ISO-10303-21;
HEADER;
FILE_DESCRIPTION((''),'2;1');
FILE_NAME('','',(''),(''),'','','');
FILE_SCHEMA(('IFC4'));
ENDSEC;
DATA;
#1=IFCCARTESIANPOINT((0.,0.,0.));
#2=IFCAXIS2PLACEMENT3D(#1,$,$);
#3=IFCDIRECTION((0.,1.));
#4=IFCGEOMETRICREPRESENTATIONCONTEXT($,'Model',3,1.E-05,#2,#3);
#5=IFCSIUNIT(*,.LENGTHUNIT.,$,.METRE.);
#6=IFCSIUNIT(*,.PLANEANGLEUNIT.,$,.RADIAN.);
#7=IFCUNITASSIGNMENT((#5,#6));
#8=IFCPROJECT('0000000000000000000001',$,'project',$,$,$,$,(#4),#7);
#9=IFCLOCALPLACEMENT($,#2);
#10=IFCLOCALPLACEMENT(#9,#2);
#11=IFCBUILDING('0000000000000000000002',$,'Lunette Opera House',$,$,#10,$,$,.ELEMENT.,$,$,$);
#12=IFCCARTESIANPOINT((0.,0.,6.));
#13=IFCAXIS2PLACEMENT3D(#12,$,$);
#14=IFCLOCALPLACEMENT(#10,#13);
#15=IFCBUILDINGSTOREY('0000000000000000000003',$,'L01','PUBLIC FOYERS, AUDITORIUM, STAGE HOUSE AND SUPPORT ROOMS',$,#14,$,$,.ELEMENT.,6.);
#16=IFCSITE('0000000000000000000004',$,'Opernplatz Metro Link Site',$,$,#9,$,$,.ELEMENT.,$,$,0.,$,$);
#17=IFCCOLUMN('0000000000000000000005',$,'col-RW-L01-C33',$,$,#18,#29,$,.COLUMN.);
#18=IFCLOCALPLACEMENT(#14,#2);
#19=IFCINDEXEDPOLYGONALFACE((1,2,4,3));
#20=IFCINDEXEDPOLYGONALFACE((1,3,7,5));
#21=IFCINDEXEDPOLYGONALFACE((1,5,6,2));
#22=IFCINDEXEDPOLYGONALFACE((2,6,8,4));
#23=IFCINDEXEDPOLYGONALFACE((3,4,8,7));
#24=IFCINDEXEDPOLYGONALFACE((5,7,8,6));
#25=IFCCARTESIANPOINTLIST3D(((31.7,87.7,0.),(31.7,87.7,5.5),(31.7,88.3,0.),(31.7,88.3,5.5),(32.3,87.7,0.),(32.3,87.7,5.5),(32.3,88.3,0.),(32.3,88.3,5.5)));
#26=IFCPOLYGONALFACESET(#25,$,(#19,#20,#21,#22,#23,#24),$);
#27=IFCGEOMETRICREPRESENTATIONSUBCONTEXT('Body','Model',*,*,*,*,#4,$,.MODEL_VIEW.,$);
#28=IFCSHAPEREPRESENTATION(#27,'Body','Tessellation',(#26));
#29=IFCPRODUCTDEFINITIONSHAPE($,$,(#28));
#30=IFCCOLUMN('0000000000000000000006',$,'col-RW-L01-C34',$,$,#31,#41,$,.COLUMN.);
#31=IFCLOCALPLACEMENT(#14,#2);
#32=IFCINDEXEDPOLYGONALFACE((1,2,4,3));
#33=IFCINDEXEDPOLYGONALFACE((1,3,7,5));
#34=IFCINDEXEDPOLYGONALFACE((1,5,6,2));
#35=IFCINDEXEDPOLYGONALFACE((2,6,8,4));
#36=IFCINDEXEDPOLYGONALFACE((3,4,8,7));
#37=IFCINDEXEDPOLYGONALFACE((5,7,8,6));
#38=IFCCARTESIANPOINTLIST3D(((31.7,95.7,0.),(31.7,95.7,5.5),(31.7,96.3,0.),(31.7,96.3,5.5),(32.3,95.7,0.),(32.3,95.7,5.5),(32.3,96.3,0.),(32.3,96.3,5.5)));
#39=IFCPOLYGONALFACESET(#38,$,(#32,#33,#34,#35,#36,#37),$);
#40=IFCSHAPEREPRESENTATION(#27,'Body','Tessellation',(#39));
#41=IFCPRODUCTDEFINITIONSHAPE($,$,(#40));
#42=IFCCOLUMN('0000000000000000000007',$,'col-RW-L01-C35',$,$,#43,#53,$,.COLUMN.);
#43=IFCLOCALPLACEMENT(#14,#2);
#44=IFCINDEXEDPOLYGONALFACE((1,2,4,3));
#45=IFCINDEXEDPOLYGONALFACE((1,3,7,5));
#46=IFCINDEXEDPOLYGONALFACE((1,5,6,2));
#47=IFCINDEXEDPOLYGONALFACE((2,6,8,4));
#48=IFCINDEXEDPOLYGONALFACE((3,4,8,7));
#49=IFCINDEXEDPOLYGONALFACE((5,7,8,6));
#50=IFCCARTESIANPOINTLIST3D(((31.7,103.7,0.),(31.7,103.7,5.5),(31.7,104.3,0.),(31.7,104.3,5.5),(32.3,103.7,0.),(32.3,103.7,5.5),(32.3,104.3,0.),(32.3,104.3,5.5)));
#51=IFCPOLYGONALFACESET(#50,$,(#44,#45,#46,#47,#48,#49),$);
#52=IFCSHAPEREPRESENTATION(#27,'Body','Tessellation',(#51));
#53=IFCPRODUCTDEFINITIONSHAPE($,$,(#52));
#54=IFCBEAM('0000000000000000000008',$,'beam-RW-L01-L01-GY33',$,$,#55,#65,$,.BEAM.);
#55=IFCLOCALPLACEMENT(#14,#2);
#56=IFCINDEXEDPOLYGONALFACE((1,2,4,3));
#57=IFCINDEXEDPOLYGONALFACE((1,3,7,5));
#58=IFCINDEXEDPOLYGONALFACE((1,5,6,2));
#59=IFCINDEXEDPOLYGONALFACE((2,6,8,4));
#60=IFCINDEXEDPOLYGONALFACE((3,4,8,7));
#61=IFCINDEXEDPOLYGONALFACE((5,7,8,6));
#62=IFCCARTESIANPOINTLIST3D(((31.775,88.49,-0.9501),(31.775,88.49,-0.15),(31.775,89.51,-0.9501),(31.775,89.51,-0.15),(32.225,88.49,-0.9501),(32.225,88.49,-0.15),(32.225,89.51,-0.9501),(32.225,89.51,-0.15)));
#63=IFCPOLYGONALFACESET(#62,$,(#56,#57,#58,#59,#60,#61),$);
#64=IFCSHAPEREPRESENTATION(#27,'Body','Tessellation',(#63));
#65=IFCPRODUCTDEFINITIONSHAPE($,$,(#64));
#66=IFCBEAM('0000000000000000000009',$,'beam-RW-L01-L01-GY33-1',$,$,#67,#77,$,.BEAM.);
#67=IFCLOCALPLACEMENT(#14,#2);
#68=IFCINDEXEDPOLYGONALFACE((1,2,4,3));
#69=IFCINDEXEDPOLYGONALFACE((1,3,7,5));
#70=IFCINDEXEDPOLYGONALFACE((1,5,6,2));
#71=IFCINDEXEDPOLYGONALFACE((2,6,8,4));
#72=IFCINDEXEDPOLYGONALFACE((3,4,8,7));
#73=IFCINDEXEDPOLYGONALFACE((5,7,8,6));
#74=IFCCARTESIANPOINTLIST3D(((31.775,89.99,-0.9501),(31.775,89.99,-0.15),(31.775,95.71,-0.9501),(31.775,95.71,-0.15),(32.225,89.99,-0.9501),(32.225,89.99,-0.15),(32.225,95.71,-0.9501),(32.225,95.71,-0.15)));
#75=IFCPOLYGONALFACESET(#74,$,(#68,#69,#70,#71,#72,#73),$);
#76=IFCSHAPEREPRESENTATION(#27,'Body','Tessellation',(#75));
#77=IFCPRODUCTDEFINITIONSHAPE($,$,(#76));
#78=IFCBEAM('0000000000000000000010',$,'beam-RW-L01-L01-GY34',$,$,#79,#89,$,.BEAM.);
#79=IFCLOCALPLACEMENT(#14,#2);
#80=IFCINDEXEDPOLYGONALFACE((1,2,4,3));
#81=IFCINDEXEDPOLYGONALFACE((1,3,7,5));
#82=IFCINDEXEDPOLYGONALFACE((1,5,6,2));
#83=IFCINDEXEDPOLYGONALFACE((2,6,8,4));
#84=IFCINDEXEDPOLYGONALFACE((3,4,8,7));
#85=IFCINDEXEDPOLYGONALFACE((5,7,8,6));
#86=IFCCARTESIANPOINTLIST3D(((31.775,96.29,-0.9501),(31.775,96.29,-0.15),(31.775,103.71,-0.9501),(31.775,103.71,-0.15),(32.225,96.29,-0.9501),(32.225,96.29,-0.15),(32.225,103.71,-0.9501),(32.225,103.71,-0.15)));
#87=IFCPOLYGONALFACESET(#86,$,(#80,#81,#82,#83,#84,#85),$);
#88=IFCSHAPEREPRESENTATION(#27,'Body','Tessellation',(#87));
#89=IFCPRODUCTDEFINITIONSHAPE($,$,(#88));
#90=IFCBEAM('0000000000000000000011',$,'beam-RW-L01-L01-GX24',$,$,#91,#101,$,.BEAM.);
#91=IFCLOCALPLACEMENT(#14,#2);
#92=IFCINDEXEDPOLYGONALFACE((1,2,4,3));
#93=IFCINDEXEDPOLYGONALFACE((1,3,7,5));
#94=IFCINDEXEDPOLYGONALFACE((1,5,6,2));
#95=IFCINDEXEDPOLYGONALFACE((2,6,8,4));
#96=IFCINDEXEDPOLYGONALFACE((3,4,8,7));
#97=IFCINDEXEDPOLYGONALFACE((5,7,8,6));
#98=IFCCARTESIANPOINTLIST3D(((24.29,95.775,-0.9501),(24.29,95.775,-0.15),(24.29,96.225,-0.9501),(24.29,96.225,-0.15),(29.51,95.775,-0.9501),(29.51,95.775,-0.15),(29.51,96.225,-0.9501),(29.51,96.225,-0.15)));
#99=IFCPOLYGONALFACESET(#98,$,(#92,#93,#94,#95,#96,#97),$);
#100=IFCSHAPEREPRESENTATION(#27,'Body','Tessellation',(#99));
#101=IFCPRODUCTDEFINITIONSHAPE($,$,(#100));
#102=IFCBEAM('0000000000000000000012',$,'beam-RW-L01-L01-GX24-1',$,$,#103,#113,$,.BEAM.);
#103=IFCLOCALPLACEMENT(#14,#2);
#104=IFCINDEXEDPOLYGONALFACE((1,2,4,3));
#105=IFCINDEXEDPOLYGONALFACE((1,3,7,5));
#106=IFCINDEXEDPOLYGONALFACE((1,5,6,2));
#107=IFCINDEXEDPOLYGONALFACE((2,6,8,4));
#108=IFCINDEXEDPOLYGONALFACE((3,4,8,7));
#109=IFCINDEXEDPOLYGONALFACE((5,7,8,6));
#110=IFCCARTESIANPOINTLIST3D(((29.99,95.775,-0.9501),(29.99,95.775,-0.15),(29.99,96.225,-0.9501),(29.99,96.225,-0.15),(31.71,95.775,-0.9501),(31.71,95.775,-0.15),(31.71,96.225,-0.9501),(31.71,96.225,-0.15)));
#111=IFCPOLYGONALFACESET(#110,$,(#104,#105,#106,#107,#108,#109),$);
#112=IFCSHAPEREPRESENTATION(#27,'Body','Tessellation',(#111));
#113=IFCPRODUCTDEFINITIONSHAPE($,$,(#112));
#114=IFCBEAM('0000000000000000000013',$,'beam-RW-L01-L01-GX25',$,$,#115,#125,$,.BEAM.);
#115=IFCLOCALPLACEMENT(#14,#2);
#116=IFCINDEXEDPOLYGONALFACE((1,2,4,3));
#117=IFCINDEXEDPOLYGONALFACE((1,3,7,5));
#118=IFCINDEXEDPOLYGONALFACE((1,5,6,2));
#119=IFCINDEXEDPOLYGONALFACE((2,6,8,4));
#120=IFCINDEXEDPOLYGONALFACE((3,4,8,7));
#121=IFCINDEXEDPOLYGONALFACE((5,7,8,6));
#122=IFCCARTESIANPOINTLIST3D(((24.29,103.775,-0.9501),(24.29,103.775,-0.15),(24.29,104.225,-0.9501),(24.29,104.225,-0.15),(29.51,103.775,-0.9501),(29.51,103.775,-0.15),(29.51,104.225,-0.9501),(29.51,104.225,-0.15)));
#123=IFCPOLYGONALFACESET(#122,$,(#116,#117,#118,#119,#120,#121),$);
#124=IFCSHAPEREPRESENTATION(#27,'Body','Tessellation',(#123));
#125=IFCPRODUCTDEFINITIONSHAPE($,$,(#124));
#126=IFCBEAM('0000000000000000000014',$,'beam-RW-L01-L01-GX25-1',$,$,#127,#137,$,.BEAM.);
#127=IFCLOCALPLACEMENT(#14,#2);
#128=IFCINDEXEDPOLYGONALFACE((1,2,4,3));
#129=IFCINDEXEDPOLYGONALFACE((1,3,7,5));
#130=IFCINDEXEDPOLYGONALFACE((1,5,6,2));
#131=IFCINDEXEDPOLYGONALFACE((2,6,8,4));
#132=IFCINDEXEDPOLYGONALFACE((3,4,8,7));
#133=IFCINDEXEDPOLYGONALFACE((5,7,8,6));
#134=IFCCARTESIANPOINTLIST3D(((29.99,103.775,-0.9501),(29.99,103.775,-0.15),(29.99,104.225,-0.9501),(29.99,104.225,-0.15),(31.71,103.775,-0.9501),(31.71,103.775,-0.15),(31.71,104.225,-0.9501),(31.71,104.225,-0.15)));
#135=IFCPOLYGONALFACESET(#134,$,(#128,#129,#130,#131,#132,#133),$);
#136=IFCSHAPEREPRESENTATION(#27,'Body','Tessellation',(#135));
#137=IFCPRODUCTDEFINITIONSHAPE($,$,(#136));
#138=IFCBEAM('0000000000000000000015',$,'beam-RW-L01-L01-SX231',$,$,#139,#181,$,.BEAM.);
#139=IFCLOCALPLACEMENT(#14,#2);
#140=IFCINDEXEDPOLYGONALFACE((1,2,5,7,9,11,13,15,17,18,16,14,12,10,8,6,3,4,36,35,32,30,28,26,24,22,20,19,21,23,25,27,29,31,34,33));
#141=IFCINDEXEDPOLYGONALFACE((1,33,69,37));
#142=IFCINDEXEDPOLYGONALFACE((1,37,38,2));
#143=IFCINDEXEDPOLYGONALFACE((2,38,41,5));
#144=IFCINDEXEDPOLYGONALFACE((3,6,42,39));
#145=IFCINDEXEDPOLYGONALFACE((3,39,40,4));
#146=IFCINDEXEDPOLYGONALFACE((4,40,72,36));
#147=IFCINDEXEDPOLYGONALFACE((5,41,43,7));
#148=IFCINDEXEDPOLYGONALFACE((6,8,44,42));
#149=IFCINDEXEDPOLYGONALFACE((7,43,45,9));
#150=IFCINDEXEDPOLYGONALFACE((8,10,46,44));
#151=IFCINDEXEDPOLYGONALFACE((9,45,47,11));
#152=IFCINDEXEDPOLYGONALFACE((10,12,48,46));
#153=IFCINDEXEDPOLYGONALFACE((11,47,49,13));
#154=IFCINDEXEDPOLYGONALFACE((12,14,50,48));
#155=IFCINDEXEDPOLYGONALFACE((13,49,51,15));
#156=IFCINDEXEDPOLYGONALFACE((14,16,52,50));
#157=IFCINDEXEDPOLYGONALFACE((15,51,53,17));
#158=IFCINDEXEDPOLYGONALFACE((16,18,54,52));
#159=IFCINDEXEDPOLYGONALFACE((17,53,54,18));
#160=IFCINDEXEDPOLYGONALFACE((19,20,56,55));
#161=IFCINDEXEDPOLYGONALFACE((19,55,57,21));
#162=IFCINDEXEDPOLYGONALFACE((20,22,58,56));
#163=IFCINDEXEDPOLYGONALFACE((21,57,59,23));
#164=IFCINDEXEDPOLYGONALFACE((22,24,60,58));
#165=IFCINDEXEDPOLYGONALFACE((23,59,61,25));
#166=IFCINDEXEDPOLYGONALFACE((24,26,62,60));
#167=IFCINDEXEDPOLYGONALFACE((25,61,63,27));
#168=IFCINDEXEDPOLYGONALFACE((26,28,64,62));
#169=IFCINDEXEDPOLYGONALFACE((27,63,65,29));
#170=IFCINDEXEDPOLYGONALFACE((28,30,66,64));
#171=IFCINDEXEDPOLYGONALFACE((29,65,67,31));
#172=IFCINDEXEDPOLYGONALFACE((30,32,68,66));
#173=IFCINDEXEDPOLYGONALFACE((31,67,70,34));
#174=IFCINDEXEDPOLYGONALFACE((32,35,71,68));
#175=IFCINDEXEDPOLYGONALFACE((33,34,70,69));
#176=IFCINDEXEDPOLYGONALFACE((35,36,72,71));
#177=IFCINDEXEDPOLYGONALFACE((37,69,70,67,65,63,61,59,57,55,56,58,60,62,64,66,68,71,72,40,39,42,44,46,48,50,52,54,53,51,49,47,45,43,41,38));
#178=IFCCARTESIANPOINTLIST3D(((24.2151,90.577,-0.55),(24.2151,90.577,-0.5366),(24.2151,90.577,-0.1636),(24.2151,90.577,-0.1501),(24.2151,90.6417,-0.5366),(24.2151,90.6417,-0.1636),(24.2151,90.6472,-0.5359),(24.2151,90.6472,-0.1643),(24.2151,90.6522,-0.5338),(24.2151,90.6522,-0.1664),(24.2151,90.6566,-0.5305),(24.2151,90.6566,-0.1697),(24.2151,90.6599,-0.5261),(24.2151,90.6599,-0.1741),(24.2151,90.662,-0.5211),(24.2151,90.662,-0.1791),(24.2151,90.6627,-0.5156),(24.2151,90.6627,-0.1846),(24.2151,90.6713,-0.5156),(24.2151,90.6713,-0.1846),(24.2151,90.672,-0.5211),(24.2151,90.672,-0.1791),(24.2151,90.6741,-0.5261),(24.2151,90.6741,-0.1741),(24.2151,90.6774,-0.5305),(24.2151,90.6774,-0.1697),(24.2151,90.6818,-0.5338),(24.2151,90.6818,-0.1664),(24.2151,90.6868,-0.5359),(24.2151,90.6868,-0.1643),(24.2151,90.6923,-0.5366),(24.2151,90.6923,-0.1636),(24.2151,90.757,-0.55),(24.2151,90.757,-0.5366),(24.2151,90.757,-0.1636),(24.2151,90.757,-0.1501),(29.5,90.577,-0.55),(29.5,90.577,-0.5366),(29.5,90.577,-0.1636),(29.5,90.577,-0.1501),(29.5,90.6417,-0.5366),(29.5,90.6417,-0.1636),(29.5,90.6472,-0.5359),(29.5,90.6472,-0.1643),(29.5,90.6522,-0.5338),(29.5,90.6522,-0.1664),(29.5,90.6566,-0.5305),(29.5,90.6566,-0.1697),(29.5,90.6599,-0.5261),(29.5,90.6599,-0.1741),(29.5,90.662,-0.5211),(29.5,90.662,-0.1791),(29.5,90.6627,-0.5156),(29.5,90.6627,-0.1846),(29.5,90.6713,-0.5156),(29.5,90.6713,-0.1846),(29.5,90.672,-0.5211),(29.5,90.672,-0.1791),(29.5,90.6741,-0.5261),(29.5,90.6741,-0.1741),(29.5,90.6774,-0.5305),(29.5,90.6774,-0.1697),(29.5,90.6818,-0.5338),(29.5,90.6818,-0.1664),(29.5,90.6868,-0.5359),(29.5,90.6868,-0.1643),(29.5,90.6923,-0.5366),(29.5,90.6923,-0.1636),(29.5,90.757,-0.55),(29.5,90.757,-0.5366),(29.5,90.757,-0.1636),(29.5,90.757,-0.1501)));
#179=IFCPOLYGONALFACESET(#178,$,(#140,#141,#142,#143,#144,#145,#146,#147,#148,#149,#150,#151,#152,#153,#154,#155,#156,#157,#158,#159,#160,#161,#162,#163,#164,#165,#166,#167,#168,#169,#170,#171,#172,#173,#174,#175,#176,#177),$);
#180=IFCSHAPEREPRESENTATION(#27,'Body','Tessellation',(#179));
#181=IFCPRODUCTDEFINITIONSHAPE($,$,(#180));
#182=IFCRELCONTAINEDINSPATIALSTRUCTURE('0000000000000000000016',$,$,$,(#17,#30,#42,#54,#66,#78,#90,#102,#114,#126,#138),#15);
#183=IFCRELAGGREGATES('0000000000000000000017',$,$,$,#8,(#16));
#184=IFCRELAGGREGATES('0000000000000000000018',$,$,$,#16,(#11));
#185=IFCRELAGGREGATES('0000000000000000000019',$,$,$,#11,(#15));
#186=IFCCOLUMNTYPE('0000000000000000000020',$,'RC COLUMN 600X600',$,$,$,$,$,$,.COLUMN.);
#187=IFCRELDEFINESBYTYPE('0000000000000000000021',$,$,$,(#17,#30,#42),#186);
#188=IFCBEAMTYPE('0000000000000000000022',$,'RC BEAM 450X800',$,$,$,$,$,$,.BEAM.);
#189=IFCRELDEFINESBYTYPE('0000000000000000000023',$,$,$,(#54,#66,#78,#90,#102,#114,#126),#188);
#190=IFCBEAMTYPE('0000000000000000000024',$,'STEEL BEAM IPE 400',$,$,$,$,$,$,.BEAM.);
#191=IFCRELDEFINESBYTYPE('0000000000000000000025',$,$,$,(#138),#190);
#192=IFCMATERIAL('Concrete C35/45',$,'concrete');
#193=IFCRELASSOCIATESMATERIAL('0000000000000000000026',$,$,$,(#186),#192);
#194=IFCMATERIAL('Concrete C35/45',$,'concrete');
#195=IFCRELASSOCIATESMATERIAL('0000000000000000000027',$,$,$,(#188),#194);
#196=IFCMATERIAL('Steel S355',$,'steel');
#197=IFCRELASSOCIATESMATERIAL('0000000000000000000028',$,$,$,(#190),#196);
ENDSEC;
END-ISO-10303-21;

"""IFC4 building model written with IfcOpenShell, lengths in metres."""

from ifc_helpers import new_model, si_unit, direction, frame, origin, origin_2d, place, context, subcontext, project, spatial, rectangle, i_section, extrude, material, material_profile, profile_set, type_object, element, save


model = new_model("IFC4")

# Units and contexts
model_context = context("Model", 3, precision=1e-05, world=origin(), true_north=direction((0.0, 1.0)))
body_context = subcontext(model_context, "Body", "Model", "MODEL_VIEW")
ifc_project = project(units=[si_unit("LENGTHUNIT", "METRE"), si_unit("PLANEANGLEUNIT", "RADIAN")], contexts=[model_context])

# Site, building, storey
site_placement = place(None, origin())
site = spatial("IfcSite", under=ifc_project, at=site_placement, Name="Opernplatz Metro Link Site", CompositionType="ELEMENT", RefElevation=0.0)
building_placement = place(site_placement, origin())
building = spatial("IfcBuilding", under=site, at=building_placement, Name="Lunette Opera House", CompositionType="ELEMENT")
storey_placement = place(building_placement, frame((0.0, 0.0, 6.0)))
storey = spatial("IfcBuildingStorey", under=building, at=storey_placement, Name="L01", Description="PUBLIC FOYERS, AUDITORIUM, STAGE HOUSE AND SUPPORT ROOMS", CompositionType="ELEMENT", Elevation=6.0)

# Columns
ifc_material_1 = material(Name="Concrete C35/45", Category="concrete")
ifc_material_profile_1 = material_profile(ifc_material_1, rectangle(XDim=0.6001, YDim=0.6001, at=origin_2d()), Name="RC COLUMN 600X600")
ifc_profile_set_1 = profile_set([ifc_material_profile_1], Name="Concrete C35/45")
column_type = type_object("IfcColumnType", Name="RC COLUMN 600X600", PredefinedType="COLUMN", material=ifc_profile_set_1)
for number, where, z_axis, x_axis, name in (
    (1, (32.0, 88.0, 0.0), (0.0, 0.0, 1.0), (1.0, 0.0, 0.0), "col-RW-L01-C33"),
    (2, (32.0, 96.0, 0.0), (0.0, 0.0, 1.0), (1.0, 0.0, 0.0), "col-RW-L01-C34"),
    (3, (32.0, 104.0, 0.0), (0.0, 0.0, 1.0), (1.0, 0.0, 0.0), "col-RW-L01-C35"),
):
    element("IfcColumn", number, at=place(storey_placement, frame(where, z_axis=z_axis, x_axis=x_axis)), inside=storey, type_object=column_type, Name=name, PredefinedType="COLUMN", context=body_context, shape_type="SweptSolid", body=[
        extrude(rectangle(XDim=0.6001, YDim=0.6001, at=origin_2d()), origin(), (0.0, 0.0, 1.0), 5.5),
    ])

# Beams
ifc_material_2 = material(Name="Concrete C35/45", Category="concrete")
ifc_material_profile_2 = material_profile(ifc_material_2, rectangle(XDim=0.45, YDim=0.8, at=origin_2d()), Name="RC BEAM 450X800")
ifc_profile_set_2 = profile_set([ifc_material_profile_2], Name="Concrete C35/45")
beam_type_1 = type_object("IfcBeamType", Name="RC BEAM 450X800", PredefinedType="BEAM", material=ifc_profile_set_2)
beam_1_placement = place(storey_placement, frame((32.0, 88.49, -0.55), z_axis=(0.0, 1.0, 0.0), x_axis=(-1.0, 0.0, 0.0)))
element("IfcBeam", 4, at=beam_1_placement, inside=storey, type_object=beam_type_1, Name="beam-RW-L01-L01-GY33", PredefinedType="BEAM", context=body_context, shape_type="SweptSolid", body=[
    extrude(rectangle(XDim=0.45, YDim=0.8, at=origin_2d()), origin(), (0.0, 0.0, 1.0), 1.02),
])
beam_2_placement = place(storey_placement, frame((32.0, 89.99, -0.55), z_axis=(0.0, 1.0, 0.0), x_axis=(-1.0, 0.0, 0.0)))
element("IfcBeam", 5, at=beam_2_placement, inside=storey, type_object=beam_type_1, Name="beam-RW-L01-L01-GY33-1", PredefinedType="BEAM", context=body_context, shape_type="SweptSolid", body=[
    extrude(rectangle(XDim=0.45, YDim=0.8, at=origin_2d()), origin(), (0.0, 0.0, 1.0), 5.72),
])
beam_3_placement = place(storey_placement, frame((32.0, 96.29, -0.55), z_axis=(0.0, 1.0, 0.0), x_axis=(-1.0, 0.0, 0.0)))
element("IfcBeam", 6, at=beam_3_placement, inside=storey, type_object=beam_type_1, Name="beam-RW-L01-L01-GY34", PredefinedType="BEAM", context=body_context, shape_type="SweptSolid", body=[
    extrude(rectangle(XDim=0.45, YDim=0.8, at=origin_2d()), origin(), (0.0, 0.0, 1.0), 7.4199),
])
beam_4_placement = place(storey_placement, frame((24.29, 96.0, -0.55), z_axis=(1.0, 0.0, 0.0), x_axis=(0.0, 1.0, 0.0)))
element("IfcBeam", 7, at=beam_4_placement, inside=storey, type_object=beam_type_1, Name="beam-RW-L01-L01-GX24", PredefinedType="BEAM", context=body_context, shape_type="SweptSolid", body=[
    extrude(rectangle(XDim=0.45, YDim=0.8, at=origin_2d()), origin(), (0.0, 0.0, 1.0), 5.22),
])
beam_5_placement = place(storey_placement, frame((29.99, 96.0, -0.55), z_axis=(1.0, 0.0, 0.0), x_axis=(0.0, 1.0, 0.0)))
element("IfcBeam", 8, at=beam_5_placement, inside=storey, type_object=beam_type_1, Name="beam-RW-L01-L01-GX24-1", PredefinedType="BEAM", context=body_context, shape_type="SweptSolid", body=[
    extrude(rectangle(XDim=0.45, YDim=0.8, at=origin_2d()), origin(), (0.0, 0.0, 1.0), 1.72),
])
beam_6_placement = place(storey_placement, frame((24.29, 104.0, -0.55), z_axis=(1.0, 0.0, 0.0), x_axis=(0.0, 1.0, 0.0)))
element("IfcBeam", 9, at=beam_6_placement, inside=storey, type_object=beam_type_1, Name="beam-RW-L01-L01-GX25", PredefinedType="BEAM", context=body_context, shape_type="SweptSolid", body=[
    extrude(rectangle(XDim=0.45, YDim=0.8, at=origin_2d()), origin(), (0.0, 0.0, 1.0), 5.22),
])
beam_7_placement = place(storey_placement, frame((29.99, 104.0, -0.55), z_axis=(1.0, 0.0, 0.0), x_axis=(0.0, 1.0, 0.0)))
element("IfcBeam", 10, at=beam_7_placement, inside=storey, type_object=beam_type_1, Name="beam-RW-L01-L01-GX25-1", PredefinedType="BEAM", context=body_context, shape_type="SweptSolid", body=[
    extrude(rectangle(XDim=0.45, YDim=0.8, at=origin_2d()), origin(), (0.0, 0.0, 1.0), 1.72),
])
ifc_material_3 = material(Name="Steel S355", Category="steel")
ifc_material_profile_3 = material_profile(ifc_material_3, i_section(OverallWidth=0.1799, OverallDepth=0.3999, WebThickness=0.0085, FlangeThickness=0.0134, FilletRadius=0.021, at=origin_2d()), Name="IPE 400")
ifc_profile_set_3 = profile_set([ifc_material_profile_3], Name="Steel S355")
beam_type_2 = type_object("IfcBeamType", Name="STEEL BEAM IPE 400", PredefinedType="BEAM", material=ifc_profile_set_3)
beam_8_placement = place(storey_placement, frame((24.2151, 90.667, -0.3501), z_axis=(1.0, 0.0, 0.0), x_axis=(0.0, 1.0, 0.0)))
element("IfcBeam", 11, at=beam_8_placement, inside=storey, type_object=beam_type_2, Name="beam-RW-L01-L01-SX231", PredefinedType="BEAM", context=body_context, shape_type="SweptSolid", body=[
    extrude(i_section(OverallWidth=0.1799, OverallDepth=0.3999, WebThickness=0.0085, FlangeThickness=0.0134, FilletRadius=0.021, at=origin_2d()), origin(), (0.0, 0.0, 1.0), 5.2849),
])

save(model, "model.ifc")
